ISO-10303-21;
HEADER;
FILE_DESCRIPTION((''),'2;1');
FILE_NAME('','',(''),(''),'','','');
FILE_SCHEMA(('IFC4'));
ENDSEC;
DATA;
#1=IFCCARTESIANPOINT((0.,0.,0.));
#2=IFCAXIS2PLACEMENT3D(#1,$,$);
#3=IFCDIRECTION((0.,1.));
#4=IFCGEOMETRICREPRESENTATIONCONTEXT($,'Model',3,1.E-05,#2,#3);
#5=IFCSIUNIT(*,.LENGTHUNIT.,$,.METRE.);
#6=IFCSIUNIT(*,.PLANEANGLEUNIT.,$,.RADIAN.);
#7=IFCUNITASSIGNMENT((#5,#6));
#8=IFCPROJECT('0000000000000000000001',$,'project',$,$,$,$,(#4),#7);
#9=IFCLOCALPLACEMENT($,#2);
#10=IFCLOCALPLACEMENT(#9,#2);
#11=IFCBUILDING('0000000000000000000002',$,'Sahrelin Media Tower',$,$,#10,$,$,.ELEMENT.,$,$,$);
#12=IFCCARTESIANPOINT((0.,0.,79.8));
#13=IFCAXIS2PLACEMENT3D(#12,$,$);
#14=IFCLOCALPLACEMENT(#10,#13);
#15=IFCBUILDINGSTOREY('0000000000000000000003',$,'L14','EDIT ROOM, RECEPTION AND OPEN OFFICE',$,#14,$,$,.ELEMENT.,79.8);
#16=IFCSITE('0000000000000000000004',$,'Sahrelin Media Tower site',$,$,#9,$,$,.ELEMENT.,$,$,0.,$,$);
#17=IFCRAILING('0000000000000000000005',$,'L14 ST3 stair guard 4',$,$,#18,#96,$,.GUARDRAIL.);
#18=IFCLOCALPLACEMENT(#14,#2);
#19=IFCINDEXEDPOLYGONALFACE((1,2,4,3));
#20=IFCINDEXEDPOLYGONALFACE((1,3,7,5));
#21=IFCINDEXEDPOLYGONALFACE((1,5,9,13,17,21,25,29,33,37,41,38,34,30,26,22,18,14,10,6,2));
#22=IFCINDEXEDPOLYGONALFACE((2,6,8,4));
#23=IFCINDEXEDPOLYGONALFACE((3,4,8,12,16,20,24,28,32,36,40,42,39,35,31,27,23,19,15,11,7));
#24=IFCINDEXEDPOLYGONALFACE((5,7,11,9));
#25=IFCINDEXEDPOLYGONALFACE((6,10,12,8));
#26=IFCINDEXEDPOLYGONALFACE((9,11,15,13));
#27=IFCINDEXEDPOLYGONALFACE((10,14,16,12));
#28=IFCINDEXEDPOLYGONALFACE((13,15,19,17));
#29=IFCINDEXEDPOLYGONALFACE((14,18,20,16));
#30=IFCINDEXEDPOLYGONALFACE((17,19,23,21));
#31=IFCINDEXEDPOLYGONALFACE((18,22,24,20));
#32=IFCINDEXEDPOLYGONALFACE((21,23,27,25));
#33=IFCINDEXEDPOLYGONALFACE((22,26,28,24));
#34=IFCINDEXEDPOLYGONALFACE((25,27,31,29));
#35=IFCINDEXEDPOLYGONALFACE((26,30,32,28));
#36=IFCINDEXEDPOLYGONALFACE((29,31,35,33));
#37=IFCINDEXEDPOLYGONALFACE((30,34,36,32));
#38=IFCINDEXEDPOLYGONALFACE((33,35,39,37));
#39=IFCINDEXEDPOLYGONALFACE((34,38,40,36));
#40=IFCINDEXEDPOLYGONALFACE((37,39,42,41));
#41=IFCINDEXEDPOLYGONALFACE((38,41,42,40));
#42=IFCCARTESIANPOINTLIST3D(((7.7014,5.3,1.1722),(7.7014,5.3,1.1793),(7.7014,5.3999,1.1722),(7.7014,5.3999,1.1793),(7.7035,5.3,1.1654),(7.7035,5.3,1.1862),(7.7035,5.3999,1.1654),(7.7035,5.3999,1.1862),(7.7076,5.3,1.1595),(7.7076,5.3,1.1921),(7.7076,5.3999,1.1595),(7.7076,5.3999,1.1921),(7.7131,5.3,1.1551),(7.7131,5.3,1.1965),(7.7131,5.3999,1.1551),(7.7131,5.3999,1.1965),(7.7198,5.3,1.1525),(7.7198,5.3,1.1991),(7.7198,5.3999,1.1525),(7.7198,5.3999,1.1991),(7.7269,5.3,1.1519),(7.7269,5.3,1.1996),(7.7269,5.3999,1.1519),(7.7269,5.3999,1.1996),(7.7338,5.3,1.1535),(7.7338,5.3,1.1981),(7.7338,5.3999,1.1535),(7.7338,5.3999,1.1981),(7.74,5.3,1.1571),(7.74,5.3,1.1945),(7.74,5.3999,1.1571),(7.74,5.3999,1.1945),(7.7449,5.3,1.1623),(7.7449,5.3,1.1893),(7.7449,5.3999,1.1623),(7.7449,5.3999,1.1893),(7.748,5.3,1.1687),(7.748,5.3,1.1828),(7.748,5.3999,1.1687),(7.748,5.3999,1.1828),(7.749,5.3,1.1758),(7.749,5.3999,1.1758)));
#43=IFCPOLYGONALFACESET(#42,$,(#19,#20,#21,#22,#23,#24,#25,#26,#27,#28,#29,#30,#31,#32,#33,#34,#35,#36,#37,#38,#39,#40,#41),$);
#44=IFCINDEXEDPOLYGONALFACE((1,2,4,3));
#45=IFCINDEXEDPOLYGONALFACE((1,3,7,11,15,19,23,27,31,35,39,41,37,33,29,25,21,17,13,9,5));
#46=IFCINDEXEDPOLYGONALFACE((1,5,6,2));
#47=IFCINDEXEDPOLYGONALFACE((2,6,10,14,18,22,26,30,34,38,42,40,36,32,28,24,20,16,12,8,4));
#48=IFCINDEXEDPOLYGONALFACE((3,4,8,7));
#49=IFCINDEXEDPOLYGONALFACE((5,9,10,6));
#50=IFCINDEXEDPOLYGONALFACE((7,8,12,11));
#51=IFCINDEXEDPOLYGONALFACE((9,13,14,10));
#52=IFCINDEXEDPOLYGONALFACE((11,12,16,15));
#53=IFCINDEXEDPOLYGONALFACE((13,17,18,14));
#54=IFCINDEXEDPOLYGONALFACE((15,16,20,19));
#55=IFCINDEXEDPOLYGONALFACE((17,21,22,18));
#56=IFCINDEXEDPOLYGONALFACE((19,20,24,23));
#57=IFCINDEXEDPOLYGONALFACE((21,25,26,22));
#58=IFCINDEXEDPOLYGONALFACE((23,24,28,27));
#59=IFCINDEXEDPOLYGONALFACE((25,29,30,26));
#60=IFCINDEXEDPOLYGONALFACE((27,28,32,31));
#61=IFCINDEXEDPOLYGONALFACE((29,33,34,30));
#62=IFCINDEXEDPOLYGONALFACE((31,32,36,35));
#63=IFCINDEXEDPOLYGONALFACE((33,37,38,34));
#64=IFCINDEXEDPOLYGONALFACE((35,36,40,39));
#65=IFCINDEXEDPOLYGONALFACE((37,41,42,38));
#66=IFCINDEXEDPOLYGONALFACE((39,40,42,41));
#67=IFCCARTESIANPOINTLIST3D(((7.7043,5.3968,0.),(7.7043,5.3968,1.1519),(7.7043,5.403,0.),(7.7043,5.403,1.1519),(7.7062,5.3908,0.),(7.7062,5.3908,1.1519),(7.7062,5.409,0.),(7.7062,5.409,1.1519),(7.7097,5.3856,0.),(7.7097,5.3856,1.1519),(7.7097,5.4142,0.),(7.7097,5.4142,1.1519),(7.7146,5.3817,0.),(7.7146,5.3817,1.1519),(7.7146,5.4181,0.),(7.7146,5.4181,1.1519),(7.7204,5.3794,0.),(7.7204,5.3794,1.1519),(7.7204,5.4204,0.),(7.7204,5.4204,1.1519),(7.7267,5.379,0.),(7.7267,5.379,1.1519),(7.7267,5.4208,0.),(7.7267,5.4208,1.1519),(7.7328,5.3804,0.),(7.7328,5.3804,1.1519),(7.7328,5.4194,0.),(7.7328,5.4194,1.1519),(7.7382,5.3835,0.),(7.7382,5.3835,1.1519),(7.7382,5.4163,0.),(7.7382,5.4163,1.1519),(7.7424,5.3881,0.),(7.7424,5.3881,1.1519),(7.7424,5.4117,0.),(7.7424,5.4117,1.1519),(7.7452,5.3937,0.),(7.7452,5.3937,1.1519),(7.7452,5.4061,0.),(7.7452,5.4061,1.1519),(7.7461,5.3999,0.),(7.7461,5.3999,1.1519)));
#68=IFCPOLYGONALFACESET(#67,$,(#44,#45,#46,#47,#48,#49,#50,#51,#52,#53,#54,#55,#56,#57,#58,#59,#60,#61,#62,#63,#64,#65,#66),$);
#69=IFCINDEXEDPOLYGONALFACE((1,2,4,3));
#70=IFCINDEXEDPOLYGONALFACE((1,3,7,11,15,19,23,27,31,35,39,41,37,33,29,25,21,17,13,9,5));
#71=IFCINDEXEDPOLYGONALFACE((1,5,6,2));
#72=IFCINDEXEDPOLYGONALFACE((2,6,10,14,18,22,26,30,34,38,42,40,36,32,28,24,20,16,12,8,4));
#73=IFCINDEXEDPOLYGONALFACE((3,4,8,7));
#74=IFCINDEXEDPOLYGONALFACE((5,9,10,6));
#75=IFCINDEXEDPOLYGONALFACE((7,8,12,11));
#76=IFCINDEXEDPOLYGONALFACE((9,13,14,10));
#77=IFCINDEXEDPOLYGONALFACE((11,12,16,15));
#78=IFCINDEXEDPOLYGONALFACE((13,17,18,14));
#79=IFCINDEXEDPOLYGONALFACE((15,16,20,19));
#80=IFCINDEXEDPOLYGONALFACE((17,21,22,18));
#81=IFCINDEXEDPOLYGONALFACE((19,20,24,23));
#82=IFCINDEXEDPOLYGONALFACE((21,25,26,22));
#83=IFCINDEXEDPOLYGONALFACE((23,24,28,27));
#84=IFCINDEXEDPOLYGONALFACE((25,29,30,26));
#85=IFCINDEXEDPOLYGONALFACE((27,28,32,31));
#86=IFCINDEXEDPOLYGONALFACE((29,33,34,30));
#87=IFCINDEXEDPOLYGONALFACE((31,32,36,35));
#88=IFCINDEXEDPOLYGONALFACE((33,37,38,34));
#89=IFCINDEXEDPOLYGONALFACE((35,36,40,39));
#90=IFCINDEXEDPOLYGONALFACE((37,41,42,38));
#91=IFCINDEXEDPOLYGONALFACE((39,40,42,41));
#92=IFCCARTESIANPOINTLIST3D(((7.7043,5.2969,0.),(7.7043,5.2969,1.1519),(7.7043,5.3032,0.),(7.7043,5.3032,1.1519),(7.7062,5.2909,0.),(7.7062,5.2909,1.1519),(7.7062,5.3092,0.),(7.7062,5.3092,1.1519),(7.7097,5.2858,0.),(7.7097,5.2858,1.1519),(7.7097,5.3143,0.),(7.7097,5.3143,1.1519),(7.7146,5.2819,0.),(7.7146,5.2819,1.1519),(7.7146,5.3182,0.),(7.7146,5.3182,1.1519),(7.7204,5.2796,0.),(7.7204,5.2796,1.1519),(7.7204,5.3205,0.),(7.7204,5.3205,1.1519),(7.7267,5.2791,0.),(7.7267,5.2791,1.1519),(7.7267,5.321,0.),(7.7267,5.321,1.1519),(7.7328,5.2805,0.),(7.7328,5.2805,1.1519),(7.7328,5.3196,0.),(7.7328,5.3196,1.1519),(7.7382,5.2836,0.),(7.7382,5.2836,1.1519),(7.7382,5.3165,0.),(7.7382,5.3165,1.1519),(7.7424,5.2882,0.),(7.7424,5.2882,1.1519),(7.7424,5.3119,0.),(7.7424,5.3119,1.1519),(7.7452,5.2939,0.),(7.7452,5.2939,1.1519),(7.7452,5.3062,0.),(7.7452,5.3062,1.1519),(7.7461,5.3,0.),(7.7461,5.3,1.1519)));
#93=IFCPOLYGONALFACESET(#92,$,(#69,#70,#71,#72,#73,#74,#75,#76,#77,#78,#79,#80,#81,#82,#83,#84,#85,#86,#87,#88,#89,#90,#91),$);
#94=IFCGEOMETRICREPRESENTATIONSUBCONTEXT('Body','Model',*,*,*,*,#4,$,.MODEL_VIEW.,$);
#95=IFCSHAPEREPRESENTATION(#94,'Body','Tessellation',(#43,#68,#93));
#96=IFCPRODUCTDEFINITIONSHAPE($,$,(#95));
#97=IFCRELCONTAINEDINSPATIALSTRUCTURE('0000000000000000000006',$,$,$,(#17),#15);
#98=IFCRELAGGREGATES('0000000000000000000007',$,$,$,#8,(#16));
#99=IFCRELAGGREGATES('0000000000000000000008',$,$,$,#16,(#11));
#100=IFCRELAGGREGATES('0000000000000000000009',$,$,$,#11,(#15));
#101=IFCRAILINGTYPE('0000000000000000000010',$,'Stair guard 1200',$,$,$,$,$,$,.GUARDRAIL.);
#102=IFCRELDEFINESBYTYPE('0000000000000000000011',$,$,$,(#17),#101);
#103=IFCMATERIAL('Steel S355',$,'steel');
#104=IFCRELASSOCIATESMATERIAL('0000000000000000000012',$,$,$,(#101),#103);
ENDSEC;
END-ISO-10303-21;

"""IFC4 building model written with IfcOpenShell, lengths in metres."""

from ifc_helpers import new_model, si_unit, direction, frame, origin, origin_2d, place, context, subcontext, project, spatial, circle, extrude, material, type_object, element, save


model = new_model("IFC4")

# Units and contexts
model_context = context("Model", 3, precision=1e-05, world=origin(), true_north=direction((0.0, 1.0)))
body_context = subcontext(model_context, "Body", "Model", "MODEL_VIEW")
ifc_project = project(units=[si_unit("LENGTHUNIT", "METRE"), si_unit("PLANEANGLEUNIT", "RADIAN")], contexts=[model_context])

# Site, building, storey
site_placement = place(None, origin())
site = spatial("IfcSite", under=ifc_project, at=site_placement, Name="Sahrelin Media Tower site", CompositionType="ELEMENT", RefElevation=0.0)
building_placement = place(site_placement, origin())
building = spatial("IfcBuilding", under=site, at=building_placement, Name="Sahrelin Media Tower", CompositionType="ELEMENT")
storey_placement = place(building_placement, frame((0.0, 0.0, 79.8)))
storey = spatial("IfcBuildingStorey", under=building, at=storey_placement, Name="L14", Description="EDIT ROOM, RECEPTION AND OPEN OFFICE", CompositionType="ELEMENT", Elevation=79.8)

# Shared definitions
ifc_material_1 = material(Name="Steel S355", Category="steel")

# Railing
railing_type_1 = type_object("IfcRailingType", Name="Stair guard 1200", PredefinedType="GUARDRAIL", material=ifc_material_1)
railing_1_placement = place(storey_placement, frame((7.7251, 5.3999, 0.0)))
element("IfcRailing", 1, at=railing_1_placement, inside=storey, type_object=railing_type_1, Name="L14 ST3 stair guard 4", PredefinedType="GUARDRAIL", context=body_context, shape_type="SweptSolid", body=[
    extrude(circle(Radius=0.0239, at=origin_2d()), frame((0.0, 0.0, 1.1758), z_axis=(0.0, -1.0, 0.0), x_axis=(1.0, 0.0, 0.0)), (0.0, 0.0, 1.0), 0.0999),
    extrude(circle(Radius=0.021, at=origin_2d()), origin(), (0.0, 0.0, 1.0), 1.1519),
    extrude(circle(Radius=0.021, at=origin_2d()), frame((0.0, -0.0999, 0.0)), (0.0, 0.0, 1.0), 1.1519),
])

save(model, "model.ifc")
